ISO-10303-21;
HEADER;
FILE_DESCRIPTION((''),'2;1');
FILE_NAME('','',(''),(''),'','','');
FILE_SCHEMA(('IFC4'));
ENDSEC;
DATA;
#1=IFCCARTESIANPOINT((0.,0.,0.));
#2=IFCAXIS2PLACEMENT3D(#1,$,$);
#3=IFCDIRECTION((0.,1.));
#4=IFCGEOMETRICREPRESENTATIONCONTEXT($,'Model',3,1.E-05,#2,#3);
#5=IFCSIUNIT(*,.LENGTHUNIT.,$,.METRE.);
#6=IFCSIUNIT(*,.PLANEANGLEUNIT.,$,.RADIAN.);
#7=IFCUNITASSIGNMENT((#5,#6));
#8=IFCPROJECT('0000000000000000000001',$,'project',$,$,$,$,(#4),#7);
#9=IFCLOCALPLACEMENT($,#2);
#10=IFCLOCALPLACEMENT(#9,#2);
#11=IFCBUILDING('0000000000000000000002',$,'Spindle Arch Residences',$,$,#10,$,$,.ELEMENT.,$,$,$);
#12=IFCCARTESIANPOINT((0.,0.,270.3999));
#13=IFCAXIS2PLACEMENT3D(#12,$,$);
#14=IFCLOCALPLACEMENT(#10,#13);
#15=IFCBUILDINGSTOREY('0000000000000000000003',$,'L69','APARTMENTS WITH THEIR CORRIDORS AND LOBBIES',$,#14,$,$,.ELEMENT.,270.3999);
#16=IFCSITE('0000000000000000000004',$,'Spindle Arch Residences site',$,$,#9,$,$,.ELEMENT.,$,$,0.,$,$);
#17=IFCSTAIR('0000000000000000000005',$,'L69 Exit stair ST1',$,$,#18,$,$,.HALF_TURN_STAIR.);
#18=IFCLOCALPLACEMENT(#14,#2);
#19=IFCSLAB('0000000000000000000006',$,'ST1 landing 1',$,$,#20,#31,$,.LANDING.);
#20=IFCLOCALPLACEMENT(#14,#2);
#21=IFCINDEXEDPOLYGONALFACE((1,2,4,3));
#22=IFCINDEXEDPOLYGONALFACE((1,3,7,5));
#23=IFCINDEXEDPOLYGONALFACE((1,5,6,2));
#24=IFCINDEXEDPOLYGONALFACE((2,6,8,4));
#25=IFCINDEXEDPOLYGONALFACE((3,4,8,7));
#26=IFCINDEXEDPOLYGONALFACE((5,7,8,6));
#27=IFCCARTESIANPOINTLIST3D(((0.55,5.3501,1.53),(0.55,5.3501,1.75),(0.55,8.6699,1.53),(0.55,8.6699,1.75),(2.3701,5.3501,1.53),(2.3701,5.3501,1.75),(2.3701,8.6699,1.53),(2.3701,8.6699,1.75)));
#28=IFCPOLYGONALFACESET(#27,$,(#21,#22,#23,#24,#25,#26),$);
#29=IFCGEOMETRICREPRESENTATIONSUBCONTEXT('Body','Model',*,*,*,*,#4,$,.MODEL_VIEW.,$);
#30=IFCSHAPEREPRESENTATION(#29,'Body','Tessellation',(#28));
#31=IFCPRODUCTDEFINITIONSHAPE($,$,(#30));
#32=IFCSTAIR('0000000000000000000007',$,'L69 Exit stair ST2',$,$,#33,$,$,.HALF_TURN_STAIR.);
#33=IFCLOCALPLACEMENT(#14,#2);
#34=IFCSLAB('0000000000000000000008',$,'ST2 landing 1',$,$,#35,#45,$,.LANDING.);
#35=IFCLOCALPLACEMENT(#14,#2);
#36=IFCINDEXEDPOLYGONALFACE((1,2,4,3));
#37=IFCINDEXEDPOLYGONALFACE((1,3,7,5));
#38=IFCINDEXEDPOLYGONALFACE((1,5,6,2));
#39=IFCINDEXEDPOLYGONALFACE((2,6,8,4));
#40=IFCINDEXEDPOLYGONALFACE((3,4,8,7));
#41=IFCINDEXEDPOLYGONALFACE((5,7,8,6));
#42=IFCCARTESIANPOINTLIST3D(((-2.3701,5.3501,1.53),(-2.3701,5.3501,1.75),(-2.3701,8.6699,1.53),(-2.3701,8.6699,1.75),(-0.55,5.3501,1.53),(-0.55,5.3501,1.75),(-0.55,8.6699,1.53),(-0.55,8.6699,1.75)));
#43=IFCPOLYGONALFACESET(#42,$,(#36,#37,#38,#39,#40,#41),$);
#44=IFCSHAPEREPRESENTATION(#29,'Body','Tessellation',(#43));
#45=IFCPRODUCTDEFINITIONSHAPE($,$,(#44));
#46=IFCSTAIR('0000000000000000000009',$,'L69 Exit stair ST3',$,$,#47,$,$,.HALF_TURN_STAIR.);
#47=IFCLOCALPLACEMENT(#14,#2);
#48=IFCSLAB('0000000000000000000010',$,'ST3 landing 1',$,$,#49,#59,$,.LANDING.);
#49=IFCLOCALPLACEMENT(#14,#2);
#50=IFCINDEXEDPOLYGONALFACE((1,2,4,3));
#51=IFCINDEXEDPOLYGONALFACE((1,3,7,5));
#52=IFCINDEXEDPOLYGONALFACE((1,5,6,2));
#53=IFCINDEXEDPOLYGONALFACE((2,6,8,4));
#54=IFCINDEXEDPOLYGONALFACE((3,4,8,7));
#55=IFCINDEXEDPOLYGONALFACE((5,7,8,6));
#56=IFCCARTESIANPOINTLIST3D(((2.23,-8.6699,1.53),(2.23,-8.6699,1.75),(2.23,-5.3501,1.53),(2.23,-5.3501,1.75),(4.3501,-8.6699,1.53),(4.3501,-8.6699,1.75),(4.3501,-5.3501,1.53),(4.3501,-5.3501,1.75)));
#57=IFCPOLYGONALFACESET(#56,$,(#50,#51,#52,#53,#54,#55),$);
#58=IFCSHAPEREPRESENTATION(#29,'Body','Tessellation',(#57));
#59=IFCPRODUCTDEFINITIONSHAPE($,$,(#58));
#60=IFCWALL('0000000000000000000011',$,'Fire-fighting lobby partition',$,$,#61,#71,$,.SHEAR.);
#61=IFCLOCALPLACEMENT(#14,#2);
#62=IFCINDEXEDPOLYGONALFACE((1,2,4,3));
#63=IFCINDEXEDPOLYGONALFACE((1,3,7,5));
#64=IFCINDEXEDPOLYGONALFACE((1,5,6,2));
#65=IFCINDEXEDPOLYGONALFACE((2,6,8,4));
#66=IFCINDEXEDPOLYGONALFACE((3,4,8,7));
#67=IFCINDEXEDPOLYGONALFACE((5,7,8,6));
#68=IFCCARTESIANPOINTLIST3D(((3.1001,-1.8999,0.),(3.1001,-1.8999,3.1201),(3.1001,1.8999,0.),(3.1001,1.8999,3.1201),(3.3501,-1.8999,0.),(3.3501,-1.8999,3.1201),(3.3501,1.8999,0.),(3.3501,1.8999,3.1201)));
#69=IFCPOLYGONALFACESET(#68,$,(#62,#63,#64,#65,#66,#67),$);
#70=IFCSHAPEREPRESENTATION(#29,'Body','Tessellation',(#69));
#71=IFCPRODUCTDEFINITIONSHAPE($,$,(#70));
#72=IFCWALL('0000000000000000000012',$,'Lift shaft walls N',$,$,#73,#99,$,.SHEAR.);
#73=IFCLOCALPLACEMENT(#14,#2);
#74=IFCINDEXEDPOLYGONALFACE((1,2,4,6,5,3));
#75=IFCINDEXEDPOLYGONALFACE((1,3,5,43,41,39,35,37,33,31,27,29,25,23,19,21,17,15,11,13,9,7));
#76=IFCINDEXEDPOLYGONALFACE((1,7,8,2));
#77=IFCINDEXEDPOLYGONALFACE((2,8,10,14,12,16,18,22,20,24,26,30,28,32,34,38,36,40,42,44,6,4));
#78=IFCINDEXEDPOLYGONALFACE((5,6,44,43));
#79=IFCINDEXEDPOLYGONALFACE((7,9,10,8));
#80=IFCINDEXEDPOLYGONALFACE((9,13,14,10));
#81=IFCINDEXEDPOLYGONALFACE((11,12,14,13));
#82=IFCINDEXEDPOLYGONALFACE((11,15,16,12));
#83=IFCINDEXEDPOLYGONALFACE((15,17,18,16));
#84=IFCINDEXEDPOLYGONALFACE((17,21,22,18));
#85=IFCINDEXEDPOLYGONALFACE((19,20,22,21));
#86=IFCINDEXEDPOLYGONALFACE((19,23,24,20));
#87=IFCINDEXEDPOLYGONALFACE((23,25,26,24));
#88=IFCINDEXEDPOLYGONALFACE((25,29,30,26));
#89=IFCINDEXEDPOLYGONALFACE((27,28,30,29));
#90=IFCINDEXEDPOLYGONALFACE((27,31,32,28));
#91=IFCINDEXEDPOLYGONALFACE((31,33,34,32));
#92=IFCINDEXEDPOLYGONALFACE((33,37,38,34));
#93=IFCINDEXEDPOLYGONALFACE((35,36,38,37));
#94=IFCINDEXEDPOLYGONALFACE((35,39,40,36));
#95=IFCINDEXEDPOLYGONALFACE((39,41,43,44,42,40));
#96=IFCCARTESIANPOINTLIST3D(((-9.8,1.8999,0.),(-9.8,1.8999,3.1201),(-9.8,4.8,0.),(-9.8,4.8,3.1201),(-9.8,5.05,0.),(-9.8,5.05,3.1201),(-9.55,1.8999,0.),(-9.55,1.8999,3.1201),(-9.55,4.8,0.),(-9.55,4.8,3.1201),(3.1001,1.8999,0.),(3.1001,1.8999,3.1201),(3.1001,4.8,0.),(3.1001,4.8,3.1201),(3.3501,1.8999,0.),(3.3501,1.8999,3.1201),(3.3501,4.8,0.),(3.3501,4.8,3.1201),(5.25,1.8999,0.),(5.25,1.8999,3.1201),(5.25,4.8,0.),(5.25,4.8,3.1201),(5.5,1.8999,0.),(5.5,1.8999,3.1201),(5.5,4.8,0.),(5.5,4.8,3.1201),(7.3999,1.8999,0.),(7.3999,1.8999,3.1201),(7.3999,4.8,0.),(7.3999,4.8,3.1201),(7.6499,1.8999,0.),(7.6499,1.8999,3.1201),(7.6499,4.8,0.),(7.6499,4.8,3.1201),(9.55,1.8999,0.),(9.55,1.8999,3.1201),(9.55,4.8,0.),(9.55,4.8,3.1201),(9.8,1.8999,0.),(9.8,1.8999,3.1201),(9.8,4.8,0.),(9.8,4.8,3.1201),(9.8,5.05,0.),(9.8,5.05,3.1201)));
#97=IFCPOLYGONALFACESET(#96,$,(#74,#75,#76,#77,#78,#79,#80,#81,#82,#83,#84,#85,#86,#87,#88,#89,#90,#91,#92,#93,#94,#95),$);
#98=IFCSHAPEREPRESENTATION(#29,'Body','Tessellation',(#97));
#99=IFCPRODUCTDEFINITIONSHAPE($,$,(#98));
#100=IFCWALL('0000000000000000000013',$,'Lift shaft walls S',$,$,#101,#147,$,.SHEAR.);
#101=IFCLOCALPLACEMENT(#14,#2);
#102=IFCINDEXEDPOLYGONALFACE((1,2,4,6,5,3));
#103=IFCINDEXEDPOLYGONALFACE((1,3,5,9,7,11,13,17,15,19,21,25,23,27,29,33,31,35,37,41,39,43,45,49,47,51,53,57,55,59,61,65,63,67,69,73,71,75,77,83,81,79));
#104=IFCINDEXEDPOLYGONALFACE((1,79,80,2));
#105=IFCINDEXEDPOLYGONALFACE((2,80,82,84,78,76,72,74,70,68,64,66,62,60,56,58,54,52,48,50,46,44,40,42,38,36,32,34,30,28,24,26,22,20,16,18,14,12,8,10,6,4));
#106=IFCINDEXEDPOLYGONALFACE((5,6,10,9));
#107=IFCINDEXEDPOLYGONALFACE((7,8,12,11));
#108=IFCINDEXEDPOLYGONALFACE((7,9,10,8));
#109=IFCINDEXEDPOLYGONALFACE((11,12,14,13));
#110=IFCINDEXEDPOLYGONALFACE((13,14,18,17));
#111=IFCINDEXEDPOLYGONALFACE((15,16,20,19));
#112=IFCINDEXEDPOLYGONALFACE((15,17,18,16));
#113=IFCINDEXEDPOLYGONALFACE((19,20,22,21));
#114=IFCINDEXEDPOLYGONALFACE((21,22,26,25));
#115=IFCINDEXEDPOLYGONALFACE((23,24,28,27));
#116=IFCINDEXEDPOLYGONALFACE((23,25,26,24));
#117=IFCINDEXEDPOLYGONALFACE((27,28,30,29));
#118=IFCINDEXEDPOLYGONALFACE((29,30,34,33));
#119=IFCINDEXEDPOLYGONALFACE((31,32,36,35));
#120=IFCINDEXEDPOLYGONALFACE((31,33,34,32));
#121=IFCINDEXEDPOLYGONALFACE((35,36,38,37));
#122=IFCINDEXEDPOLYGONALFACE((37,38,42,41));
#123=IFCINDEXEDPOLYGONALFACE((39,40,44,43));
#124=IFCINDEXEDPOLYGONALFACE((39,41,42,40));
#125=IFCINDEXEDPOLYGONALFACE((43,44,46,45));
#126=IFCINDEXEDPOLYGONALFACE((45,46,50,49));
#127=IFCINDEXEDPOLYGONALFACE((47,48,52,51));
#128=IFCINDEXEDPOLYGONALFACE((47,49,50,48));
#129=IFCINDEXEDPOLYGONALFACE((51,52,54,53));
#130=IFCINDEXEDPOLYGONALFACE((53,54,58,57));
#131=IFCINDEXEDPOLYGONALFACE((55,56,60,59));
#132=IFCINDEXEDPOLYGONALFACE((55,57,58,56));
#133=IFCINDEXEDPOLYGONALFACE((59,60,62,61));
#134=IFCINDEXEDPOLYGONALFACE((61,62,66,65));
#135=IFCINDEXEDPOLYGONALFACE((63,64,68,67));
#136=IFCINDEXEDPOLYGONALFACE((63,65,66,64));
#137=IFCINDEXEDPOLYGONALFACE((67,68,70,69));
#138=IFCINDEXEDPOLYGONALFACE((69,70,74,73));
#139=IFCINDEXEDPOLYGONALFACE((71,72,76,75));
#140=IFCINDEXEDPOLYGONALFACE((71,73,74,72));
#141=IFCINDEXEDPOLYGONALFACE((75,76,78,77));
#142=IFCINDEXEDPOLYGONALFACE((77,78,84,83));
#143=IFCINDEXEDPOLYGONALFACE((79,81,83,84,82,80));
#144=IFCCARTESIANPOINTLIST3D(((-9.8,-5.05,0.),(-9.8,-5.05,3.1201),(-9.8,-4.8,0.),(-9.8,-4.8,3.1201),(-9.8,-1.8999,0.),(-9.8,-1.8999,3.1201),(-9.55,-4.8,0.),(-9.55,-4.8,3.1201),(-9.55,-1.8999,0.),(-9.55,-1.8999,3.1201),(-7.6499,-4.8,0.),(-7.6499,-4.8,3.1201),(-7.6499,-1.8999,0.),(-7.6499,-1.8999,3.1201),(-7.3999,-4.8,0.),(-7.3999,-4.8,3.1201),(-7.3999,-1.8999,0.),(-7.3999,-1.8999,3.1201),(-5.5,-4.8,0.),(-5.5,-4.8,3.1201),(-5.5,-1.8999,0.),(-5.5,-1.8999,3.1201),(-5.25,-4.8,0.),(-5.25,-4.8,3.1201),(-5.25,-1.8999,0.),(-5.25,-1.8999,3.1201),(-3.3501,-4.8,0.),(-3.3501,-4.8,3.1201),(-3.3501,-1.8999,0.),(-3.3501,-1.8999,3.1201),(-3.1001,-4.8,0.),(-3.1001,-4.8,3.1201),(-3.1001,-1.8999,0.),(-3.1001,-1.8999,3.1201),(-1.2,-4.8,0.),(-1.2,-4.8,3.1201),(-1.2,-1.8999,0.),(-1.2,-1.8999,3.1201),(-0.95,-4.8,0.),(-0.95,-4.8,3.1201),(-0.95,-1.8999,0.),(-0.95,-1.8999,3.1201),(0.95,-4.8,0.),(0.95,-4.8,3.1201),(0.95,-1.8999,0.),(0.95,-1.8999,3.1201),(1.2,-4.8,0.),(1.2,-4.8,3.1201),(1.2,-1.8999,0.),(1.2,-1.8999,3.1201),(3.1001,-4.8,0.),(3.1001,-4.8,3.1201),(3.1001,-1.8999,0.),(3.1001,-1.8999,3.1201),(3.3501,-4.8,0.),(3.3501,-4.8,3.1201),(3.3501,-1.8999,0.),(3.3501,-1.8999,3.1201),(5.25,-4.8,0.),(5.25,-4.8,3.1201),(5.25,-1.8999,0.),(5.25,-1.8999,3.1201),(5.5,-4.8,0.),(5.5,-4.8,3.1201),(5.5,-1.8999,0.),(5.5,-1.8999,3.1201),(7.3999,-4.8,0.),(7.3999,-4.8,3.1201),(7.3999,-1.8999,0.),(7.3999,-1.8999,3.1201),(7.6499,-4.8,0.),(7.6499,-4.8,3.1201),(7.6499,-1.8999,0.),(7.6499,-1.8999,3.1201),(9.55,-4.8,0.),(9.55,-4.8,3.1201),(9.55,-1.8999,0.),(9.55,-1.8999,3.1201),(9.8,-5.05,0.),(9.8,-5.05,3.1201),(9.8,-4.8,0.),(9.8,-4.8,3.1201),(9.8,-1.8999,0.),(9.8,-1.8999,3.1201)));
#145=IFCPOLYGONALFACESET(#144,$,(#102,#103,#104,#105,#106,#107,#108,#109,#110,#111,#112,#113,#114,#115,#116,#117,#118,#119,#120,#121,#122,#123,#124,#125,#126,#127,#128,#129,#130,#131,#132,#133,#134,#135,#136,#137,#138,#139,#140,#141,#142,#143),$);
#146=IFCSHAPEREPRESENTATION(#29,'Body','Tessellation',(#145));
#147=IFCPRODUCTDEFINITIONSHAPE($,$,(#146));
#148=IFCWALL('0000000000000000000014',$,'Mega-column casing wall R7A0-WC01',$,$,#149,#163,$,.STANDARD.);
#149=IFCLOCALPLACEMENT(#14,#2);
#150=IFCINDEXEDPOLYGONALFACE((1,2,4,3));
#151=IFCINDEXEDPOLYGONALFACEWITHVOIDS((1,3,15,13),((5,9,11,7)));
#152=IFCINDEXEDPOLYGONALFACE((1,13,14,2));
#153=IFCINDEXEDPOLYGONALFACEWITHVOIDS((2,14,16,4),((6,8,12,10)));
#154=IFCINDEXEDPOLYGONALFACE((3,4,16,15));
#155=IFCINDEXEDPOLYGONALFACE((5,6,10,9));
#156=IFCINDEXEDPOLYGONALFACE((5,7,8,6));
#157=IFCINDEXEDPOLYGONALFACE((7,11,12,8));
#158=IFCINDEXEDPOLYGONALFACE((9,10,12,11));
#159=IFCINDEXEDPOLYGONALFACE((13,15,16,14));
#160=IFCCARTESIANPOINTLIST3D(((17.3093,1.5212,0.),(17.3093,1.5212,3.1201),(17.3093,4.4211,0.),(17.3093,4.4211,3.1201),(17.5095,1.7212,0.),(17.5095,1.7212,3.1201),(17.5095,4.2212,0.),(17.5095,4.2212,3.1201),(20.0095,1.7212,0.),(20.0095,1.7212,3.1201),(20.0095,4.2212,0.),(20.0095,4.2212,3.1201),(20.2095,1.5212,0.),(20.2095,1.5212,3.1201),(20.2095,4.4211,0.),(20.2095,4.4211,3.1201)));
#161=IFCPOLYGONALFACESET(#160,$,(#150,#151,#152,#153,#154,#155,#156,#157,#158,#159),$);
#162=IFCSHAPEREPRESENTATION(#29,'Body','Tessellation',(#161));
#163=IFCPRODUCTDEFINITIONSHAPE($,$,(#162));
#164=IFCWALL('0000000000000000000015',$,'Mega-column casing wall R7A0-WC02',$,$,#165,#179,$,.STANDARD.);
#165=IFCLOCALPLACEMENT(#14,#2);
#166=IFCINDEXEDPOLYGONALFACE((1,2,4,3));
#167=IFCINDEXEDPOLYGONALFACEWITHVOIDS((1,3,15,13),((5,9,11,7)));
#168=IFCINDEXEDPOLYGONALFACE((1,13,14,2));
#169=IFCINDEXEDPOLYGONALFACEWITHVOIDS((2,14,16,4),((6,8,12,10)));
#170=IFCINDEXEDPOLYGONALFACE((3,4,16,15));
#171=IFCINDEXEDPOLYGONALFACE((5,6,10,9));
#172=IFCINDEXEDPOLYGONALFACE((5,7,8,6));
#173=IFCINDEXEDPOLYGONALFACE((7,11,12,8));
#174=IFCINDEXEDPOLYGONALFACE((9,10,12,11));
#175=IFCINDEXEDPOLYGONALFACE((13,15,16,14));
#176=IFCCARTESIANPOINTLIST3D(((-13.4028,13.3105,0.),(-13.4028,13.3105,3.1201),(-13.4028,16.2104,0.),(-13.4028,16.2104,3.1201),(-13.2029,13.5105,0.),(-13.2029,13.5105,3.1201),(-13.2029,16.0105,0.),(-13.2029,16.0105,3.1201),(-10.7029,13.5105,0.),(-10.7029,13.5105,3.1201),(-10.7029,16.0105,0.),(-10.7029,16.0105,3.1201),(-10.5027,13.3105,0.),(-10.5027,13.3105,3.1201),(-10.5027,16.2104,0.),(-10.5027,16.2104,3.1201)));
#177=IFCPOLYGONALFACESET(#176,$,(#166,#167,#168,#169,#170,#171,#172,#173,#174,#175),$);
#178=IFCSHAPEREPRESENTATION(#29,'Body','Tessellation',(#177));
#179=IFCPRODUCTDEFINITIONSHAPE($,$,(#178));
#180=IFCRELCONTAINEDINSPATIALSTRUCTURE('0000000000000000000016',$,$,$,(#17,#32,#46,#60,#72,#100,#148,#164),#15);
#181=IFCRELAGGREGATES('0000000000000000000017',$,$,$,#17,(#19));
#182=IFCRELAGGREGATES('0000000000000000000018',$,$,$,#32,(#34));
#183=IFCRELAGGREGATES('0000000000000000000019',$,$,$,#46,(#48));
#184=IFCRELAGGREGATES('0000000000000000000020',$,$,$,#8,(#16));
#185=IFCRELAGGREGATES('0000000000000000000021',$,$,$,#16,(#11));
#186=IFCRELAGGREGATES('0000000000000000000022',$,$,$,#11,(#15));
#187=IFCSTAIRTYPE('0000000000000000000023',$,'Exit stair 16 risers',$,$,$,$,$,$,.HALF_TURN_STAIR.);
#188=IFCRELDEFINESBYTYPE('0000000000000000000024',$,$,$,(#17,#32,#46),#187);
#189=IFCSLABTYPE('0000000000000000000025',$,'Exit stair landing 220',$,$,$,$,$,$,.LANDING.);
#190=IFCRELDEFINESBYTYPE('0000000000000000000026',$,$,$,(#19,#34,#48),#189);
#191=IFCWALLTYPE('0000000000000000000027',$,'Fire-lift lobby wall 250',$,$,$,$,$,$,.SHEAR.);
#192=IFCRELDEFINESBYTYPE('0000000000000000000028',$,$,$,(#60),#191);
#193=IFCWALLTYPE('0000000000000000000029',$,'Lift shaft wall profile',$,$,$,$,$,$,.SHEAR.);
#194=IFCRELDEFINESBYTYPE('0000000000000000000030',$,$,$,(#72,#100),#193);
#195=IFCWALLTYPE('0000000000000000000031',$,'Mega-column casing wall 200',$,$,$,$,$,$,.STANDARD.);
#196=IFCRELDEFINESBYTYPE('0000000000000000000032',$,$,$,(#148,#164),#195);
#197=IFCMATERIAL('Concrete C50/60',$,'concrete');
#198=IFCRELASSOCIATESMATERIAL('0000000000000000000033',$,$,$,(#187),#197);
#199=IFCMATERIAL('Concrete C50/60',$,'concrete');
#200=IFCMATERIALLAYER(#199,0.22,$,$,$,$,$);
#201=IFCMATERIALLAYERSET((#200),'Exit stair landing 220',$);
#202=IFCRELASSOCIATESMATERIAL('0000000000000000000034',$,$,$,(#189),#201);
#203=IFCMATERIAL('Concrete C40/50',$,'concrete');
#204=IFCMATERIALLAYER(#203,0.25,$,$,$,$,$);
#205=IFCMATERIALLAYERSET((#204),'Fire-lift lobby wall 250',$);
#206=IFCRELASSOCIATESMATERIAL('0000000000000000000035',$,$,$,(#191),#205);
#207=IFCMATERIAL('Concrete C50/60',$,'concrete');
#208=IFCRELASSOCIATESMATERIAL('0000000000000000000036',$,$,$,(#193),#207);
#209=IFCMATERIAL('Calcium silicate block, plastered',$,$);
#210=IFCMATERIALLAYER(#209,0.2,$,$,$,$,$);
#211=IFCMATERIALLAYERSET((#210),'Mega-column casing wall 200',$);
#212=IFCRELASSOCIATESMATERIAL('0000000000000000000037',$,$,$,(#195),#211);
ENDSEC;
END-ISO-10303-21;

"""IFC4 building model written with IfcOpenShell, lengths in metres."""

from ifc_helpers import new_model, si_unit, direction, frame, frame_2d, origin, place, context, subcontext, project, spatial, polyline, rectangle, outline, extrude, material, layer, layer_set, type_object, element, aggregate, save


model = new_model("IFC4")

# Units and contexts
model_context = context("Model", 3, precision=1e-05, world=origin(), true_north=direction((0.0, 1.0)))
body_context = subcontext(model_context, "Body", "Model", "MODEL_VIEW")
ifc_project = project(units=[si_unit("LENGTHUNIT", "METRE"), si_unit("PLANEANGLEUNIT", "RADIAN")], contexts=[model_context])

# Site, building, storey
site_placement = place(None, origin())
site = spatial("IfcSite", under=ifc_project, at=site_placement, Name="Spindle Arch Residences site", CompositionType="ELEMENT", RefElevation=0.0)
building_placement = place(site_placement, origin())
building = spatial("IfcBuilding", under=site, at=building_placement, Name="Spindle Arch Residences", CompositionType="ELEMENT")
storey_placement = place(building_placement, frame((0.0, 0.0, 270.3999)))
storey = spatial("IfcBuildingStorey", under=building, at=storey_placement, Name="L69", Description="APARTMENTS WITH THEIR CORRIDORS AND LOBBIES", CompositionType="ELEMENT", Elevation=270.3999)

# Stairs, slabs
ifc_material_1 = material(Name="Concrete C50/60", Category="concrete")
stair_type = type_object("IfcStairType", Name="Exit stair 16 risers", PredefinedType="HALF_TURN_STAIR", material=ifc_material_1)
stair_1_placement = place(storey_placement, origin())
stair_1 = element("IfcStair", 1, at=stair_1_placement, inside=storey, type_object=stair_type, Name="L69 Exit stair ST1", PredefinedType="HALF_TURN_STAIR")
ifc_material_2 = material(Name="Concrete C50/60", Category="concrete")
ifc_layer_1 = layer(ifc_material_2, 0.22)
ifc_layer_set_1 = layer_set([ifc_layer_1], Name="Exit stair landing 220")
slab_type_1 = type_object("IfcSlabType", Name="Exit stair landing 220", PredefinedType="LANDING", material=ifc_layer_set_1)
slab_1_placement = place(storey_placement, frame((0.0, 0.0, 1.53)))
slab_1 = element("IfcSlab", 2, at=slab_1_placement, type_object=slab_type_1, Name="ST1 landing 1", PredefinedType="LANDING", context=body_context, shape_type="SweptSolid", body=[
    extrude(outline(polyline([(2.3701, 8.6699), (0.55, 8.6699), (0.55, 5.3501), (2.3701, 5.3501), (2.3701, 8.6699)])), origin(), (0.0, 0.0, 1.0), 0.22),
])
aggregate(stair_1, [slab_1])
stair_2_placement = place(storey_placement, origin())
stair_2 = element("IfcStair", 3, at=stair_2_placement, inside=storey, type_object=stair_type, Name="L69 Exit stair ST2", PredefinedType="HALF_TURN_STAIR")
slab_2_placement = place(storey_placement, frame((0.0, 0.0, 1.53)))
slab_2 = element("IfcSlab", 4, at=slab_2_placement, type_object=slab_type_1, Name="ST2 landing 1", PredefinedType="LANDING", context=body_context, shape_type="SweptSolid", body=[
    extrude(outline(polyline([(-2.3701, 5.3501), (-0.55, 5.3501), (-0.55, 8.6699), (-2.3701, 8.6699), (-2.3701, 5.3501)])), origin(), (0.0, 0.0, 1.0), 0.22),
])
aggregate(stair_2, [slab_2])
stair_3_placement = place(storey_placement, origin())
stair_3 = element("IfcStair", 5, at=stair_3_placement, inside=storey, type_object=stair_type, Name="L69 Exit stair ST3", PredefinedType="HALF_TURN_STAIR")
slab_3_placement = place(storey_placement, frame((0.0, 0.0, 1.53)))
slab_3 = element("IfcSlab", 6, at=slab_3_placement, type_object=slab_type_1, Name="ST3 landing 1", PredefinedType="LANDING", context=body_context, shape_type="SweptSolid", body=[
    extrude(outline(polyline([(2.23, -8.6699), (4.3501, -8.6699), (4.3501, -5.3501), (2.23, -5.3501), (2.23, -8.6699)])), origin(), (0.0, 0.0, 1.0), 0.22),
])

# Wall
ifc_material_3 = material(Name="Concrete C40/50", Category="concrete")
ifc_layer_2 = layer(ifc_material_3, 0.25)
ifc_layer_set_2 = layer_set([ifc_layer_2], Name="Fire-lift lobby wall 250")
wall_type_1 = type_object("IfcWallType", Name="Fire-lift lobby wall 250", PredefinedType="SHEAR", material=ifc_layer_set_2)
wall_1_placement = place(storey_placement, frame((3.2251, -1.8999, 0.0), z_axis=(0.0, 0.0, 1.0), x_axis=(0.0, 1.0, 0.0)))
element("IfcWall", 7, at=wall_1_placement, inside=storey, type_object=wall_type_1, Name="Fire-fighting lobby partition", PredefinedType="SHEAR", context=body_context, shape_type="SweptSolid", body=[
    extrude(rectangle(XDim=3.7998, YDim=0.25, at=frame_2d((1.8999, 0.0))), origin(), (0.0, 0.0, 1.0), 3.1201),
])

# Walls
ifc_material_4 = material(Name="Concrete C50/60", Category="concrete")
wall_type_2 = type_object("IfcWallType", Name="Lift shaft wall profile", PredefinedType="SHEAR", material=ifc_material_4)
wall_2_placement = place(storey_placement, origin())
element("IfcWall", 8, at=wall_2_placement, inside=storey, type_object=wall_type_2, Name="Lift shaft walls N", PredefinedType="SHEAR", context=body_context, shape_type="SweptSolid", body=[
    extrude(outline(polyline([(-9.8, 1.8999), (-9.55, 1.8999), (-9.55, 4.8), (3.1001, 4.8), (3.1001, 1.8999), (3.3501, 1.8999), (3.3501, 4.8), (5.25, 4.8), (5.25, 1.8999), (5.5, 1.8999), (5.5, 4.8), (7.3999, 4.8), (7.3999, 1.8999), (7.6499, 1.8999), (7.6499, 4.8), (9.55, 4.8), (9.55, 1.8999), (9.8, 1.8999), (9.8, 4.8), (9.8, 5.05), (-9.8, 5.05), (-9.8, 4.8), (-9.8, 1.8999)])), origin(), (0.0, 0.0, 1.0), 3.1201),
])
wall_3_placement = place(storey_placement, origin())
element("IfcWall", 9, at=wall_3_placement, inside=storey, type_object=wall_type_2, Name="Lift shaft walls S", PredefinedType="SHEAR", context=body_context, shape_type="SweptSolid", body=[
    extrude(outline(polyline([(9.8, -5.05), (9.8, -4.8), (9.8, -1.8999), (9.55, -1.8999), (9.55, -4.8), (7.6499, -4.8), (7.6499, -1.8999), (7.3999, -1.8999), (7.3999, -4.8), (5.5, -4.8), (5.5, -1.8999), (5.25, -1.8999), (5.25, -4.8), (3.3501, -4.8), (3.3501, -1.8999), (3.1001, -1.8999), (3.1001, -4.8), (1.2, -4.8), (1.2, -1.8999), (0.95, -1.8999), (0.95, -4.8), (-0.95, -4.8), (-0.95, -1.8999), (-1.2, -1.8999), (-1.2, -4.8), (-3.1001, -4.8), (-3.1001, -1.8999), (-3.3501, -1.8999), (-3.3501, -4.8), (-5.25, -4.8), (-5.25, -1.8999), (-5.5, -1.8999), (-5.5, -4.8), (-7.3999, -4.8), (-7.3999, -1.8999), (-7.6499, -1.8999), (-7.6499, -4.8), (-9.55, -4.8), (-9.55, -1.8999), (-9.8, -1.8999), (-9.8, -4.8), (-9.8, -5.05), (9.8, -5.05)])), origin(), (0.0, 0.0, 1.0), 3.1201),
])
ifc_material_5 = material(Name="Calcium silicate block, plastered")
ifc_layer_3 = layer(ifc_material_5, 0.2)
ifc_layer_set_3 = layer_set([ifc_layer_3], Name="Mega-column casing wall 200")
wall_type_3 = type_object("IfcWallType", Name="Mega-column casing wall 200", PredefinedType="STANDARD", material=ifc_layer_set_3)
wall_4_placement = place(storey_placement, origin())
element("IfcWall", 10, at=wall_4_placement, inside=storey, type_object=wall_type_3, Name="Mega-column casing wall R7A0-WC01", PredefinedType="STANDARD", context=body_context, shape_type="SweptSolid", body=[
    extrude(outline(polyline([(20.2095, 4.4211), (20.2095, 1.5212), (17.3093, 1.5212), (17.3093, 4.4211), (20.2095, 4.4211)]), holes=[polyline([(17.5095, 1.7212), (20.0095, 1.7212), (20.0095, 4.2212), (17.5095, 4.2212), (17.5095, 1.7212)])]), origin(), (0.0, 0.0, 1.0), 3.1201),
])
wall_5_placement = place(storey_placement, origin())
element("IfcWall", 11, at=wall_5_placement, inside=storey, type_object=wall_type_3, Name="Mega-column casing wall R7A0-WC02", PredefinedType="STANDARD", context=body_context, shape_type="SweptSolid", body=[
    extrude(outline(polyline([(-10.5027, 16.2104), (-10.5027, 13.3105), (-13.4028, 13.3105), (-13.4028, 16.2104), (-10.5027, 16.2104)]), holes=[polyline([(-13.2029, 13.5105), (-10.7029, 13.5105), (-10.7029, 16.0105), (-13.2029, 16.0105), (-13.2029, 13.5105)])]), origin(), (0.0, 0.0, 1.0), 3.1201),
])

aggregate(stair_3, [slab_3])

save(model, "model.ifc")
